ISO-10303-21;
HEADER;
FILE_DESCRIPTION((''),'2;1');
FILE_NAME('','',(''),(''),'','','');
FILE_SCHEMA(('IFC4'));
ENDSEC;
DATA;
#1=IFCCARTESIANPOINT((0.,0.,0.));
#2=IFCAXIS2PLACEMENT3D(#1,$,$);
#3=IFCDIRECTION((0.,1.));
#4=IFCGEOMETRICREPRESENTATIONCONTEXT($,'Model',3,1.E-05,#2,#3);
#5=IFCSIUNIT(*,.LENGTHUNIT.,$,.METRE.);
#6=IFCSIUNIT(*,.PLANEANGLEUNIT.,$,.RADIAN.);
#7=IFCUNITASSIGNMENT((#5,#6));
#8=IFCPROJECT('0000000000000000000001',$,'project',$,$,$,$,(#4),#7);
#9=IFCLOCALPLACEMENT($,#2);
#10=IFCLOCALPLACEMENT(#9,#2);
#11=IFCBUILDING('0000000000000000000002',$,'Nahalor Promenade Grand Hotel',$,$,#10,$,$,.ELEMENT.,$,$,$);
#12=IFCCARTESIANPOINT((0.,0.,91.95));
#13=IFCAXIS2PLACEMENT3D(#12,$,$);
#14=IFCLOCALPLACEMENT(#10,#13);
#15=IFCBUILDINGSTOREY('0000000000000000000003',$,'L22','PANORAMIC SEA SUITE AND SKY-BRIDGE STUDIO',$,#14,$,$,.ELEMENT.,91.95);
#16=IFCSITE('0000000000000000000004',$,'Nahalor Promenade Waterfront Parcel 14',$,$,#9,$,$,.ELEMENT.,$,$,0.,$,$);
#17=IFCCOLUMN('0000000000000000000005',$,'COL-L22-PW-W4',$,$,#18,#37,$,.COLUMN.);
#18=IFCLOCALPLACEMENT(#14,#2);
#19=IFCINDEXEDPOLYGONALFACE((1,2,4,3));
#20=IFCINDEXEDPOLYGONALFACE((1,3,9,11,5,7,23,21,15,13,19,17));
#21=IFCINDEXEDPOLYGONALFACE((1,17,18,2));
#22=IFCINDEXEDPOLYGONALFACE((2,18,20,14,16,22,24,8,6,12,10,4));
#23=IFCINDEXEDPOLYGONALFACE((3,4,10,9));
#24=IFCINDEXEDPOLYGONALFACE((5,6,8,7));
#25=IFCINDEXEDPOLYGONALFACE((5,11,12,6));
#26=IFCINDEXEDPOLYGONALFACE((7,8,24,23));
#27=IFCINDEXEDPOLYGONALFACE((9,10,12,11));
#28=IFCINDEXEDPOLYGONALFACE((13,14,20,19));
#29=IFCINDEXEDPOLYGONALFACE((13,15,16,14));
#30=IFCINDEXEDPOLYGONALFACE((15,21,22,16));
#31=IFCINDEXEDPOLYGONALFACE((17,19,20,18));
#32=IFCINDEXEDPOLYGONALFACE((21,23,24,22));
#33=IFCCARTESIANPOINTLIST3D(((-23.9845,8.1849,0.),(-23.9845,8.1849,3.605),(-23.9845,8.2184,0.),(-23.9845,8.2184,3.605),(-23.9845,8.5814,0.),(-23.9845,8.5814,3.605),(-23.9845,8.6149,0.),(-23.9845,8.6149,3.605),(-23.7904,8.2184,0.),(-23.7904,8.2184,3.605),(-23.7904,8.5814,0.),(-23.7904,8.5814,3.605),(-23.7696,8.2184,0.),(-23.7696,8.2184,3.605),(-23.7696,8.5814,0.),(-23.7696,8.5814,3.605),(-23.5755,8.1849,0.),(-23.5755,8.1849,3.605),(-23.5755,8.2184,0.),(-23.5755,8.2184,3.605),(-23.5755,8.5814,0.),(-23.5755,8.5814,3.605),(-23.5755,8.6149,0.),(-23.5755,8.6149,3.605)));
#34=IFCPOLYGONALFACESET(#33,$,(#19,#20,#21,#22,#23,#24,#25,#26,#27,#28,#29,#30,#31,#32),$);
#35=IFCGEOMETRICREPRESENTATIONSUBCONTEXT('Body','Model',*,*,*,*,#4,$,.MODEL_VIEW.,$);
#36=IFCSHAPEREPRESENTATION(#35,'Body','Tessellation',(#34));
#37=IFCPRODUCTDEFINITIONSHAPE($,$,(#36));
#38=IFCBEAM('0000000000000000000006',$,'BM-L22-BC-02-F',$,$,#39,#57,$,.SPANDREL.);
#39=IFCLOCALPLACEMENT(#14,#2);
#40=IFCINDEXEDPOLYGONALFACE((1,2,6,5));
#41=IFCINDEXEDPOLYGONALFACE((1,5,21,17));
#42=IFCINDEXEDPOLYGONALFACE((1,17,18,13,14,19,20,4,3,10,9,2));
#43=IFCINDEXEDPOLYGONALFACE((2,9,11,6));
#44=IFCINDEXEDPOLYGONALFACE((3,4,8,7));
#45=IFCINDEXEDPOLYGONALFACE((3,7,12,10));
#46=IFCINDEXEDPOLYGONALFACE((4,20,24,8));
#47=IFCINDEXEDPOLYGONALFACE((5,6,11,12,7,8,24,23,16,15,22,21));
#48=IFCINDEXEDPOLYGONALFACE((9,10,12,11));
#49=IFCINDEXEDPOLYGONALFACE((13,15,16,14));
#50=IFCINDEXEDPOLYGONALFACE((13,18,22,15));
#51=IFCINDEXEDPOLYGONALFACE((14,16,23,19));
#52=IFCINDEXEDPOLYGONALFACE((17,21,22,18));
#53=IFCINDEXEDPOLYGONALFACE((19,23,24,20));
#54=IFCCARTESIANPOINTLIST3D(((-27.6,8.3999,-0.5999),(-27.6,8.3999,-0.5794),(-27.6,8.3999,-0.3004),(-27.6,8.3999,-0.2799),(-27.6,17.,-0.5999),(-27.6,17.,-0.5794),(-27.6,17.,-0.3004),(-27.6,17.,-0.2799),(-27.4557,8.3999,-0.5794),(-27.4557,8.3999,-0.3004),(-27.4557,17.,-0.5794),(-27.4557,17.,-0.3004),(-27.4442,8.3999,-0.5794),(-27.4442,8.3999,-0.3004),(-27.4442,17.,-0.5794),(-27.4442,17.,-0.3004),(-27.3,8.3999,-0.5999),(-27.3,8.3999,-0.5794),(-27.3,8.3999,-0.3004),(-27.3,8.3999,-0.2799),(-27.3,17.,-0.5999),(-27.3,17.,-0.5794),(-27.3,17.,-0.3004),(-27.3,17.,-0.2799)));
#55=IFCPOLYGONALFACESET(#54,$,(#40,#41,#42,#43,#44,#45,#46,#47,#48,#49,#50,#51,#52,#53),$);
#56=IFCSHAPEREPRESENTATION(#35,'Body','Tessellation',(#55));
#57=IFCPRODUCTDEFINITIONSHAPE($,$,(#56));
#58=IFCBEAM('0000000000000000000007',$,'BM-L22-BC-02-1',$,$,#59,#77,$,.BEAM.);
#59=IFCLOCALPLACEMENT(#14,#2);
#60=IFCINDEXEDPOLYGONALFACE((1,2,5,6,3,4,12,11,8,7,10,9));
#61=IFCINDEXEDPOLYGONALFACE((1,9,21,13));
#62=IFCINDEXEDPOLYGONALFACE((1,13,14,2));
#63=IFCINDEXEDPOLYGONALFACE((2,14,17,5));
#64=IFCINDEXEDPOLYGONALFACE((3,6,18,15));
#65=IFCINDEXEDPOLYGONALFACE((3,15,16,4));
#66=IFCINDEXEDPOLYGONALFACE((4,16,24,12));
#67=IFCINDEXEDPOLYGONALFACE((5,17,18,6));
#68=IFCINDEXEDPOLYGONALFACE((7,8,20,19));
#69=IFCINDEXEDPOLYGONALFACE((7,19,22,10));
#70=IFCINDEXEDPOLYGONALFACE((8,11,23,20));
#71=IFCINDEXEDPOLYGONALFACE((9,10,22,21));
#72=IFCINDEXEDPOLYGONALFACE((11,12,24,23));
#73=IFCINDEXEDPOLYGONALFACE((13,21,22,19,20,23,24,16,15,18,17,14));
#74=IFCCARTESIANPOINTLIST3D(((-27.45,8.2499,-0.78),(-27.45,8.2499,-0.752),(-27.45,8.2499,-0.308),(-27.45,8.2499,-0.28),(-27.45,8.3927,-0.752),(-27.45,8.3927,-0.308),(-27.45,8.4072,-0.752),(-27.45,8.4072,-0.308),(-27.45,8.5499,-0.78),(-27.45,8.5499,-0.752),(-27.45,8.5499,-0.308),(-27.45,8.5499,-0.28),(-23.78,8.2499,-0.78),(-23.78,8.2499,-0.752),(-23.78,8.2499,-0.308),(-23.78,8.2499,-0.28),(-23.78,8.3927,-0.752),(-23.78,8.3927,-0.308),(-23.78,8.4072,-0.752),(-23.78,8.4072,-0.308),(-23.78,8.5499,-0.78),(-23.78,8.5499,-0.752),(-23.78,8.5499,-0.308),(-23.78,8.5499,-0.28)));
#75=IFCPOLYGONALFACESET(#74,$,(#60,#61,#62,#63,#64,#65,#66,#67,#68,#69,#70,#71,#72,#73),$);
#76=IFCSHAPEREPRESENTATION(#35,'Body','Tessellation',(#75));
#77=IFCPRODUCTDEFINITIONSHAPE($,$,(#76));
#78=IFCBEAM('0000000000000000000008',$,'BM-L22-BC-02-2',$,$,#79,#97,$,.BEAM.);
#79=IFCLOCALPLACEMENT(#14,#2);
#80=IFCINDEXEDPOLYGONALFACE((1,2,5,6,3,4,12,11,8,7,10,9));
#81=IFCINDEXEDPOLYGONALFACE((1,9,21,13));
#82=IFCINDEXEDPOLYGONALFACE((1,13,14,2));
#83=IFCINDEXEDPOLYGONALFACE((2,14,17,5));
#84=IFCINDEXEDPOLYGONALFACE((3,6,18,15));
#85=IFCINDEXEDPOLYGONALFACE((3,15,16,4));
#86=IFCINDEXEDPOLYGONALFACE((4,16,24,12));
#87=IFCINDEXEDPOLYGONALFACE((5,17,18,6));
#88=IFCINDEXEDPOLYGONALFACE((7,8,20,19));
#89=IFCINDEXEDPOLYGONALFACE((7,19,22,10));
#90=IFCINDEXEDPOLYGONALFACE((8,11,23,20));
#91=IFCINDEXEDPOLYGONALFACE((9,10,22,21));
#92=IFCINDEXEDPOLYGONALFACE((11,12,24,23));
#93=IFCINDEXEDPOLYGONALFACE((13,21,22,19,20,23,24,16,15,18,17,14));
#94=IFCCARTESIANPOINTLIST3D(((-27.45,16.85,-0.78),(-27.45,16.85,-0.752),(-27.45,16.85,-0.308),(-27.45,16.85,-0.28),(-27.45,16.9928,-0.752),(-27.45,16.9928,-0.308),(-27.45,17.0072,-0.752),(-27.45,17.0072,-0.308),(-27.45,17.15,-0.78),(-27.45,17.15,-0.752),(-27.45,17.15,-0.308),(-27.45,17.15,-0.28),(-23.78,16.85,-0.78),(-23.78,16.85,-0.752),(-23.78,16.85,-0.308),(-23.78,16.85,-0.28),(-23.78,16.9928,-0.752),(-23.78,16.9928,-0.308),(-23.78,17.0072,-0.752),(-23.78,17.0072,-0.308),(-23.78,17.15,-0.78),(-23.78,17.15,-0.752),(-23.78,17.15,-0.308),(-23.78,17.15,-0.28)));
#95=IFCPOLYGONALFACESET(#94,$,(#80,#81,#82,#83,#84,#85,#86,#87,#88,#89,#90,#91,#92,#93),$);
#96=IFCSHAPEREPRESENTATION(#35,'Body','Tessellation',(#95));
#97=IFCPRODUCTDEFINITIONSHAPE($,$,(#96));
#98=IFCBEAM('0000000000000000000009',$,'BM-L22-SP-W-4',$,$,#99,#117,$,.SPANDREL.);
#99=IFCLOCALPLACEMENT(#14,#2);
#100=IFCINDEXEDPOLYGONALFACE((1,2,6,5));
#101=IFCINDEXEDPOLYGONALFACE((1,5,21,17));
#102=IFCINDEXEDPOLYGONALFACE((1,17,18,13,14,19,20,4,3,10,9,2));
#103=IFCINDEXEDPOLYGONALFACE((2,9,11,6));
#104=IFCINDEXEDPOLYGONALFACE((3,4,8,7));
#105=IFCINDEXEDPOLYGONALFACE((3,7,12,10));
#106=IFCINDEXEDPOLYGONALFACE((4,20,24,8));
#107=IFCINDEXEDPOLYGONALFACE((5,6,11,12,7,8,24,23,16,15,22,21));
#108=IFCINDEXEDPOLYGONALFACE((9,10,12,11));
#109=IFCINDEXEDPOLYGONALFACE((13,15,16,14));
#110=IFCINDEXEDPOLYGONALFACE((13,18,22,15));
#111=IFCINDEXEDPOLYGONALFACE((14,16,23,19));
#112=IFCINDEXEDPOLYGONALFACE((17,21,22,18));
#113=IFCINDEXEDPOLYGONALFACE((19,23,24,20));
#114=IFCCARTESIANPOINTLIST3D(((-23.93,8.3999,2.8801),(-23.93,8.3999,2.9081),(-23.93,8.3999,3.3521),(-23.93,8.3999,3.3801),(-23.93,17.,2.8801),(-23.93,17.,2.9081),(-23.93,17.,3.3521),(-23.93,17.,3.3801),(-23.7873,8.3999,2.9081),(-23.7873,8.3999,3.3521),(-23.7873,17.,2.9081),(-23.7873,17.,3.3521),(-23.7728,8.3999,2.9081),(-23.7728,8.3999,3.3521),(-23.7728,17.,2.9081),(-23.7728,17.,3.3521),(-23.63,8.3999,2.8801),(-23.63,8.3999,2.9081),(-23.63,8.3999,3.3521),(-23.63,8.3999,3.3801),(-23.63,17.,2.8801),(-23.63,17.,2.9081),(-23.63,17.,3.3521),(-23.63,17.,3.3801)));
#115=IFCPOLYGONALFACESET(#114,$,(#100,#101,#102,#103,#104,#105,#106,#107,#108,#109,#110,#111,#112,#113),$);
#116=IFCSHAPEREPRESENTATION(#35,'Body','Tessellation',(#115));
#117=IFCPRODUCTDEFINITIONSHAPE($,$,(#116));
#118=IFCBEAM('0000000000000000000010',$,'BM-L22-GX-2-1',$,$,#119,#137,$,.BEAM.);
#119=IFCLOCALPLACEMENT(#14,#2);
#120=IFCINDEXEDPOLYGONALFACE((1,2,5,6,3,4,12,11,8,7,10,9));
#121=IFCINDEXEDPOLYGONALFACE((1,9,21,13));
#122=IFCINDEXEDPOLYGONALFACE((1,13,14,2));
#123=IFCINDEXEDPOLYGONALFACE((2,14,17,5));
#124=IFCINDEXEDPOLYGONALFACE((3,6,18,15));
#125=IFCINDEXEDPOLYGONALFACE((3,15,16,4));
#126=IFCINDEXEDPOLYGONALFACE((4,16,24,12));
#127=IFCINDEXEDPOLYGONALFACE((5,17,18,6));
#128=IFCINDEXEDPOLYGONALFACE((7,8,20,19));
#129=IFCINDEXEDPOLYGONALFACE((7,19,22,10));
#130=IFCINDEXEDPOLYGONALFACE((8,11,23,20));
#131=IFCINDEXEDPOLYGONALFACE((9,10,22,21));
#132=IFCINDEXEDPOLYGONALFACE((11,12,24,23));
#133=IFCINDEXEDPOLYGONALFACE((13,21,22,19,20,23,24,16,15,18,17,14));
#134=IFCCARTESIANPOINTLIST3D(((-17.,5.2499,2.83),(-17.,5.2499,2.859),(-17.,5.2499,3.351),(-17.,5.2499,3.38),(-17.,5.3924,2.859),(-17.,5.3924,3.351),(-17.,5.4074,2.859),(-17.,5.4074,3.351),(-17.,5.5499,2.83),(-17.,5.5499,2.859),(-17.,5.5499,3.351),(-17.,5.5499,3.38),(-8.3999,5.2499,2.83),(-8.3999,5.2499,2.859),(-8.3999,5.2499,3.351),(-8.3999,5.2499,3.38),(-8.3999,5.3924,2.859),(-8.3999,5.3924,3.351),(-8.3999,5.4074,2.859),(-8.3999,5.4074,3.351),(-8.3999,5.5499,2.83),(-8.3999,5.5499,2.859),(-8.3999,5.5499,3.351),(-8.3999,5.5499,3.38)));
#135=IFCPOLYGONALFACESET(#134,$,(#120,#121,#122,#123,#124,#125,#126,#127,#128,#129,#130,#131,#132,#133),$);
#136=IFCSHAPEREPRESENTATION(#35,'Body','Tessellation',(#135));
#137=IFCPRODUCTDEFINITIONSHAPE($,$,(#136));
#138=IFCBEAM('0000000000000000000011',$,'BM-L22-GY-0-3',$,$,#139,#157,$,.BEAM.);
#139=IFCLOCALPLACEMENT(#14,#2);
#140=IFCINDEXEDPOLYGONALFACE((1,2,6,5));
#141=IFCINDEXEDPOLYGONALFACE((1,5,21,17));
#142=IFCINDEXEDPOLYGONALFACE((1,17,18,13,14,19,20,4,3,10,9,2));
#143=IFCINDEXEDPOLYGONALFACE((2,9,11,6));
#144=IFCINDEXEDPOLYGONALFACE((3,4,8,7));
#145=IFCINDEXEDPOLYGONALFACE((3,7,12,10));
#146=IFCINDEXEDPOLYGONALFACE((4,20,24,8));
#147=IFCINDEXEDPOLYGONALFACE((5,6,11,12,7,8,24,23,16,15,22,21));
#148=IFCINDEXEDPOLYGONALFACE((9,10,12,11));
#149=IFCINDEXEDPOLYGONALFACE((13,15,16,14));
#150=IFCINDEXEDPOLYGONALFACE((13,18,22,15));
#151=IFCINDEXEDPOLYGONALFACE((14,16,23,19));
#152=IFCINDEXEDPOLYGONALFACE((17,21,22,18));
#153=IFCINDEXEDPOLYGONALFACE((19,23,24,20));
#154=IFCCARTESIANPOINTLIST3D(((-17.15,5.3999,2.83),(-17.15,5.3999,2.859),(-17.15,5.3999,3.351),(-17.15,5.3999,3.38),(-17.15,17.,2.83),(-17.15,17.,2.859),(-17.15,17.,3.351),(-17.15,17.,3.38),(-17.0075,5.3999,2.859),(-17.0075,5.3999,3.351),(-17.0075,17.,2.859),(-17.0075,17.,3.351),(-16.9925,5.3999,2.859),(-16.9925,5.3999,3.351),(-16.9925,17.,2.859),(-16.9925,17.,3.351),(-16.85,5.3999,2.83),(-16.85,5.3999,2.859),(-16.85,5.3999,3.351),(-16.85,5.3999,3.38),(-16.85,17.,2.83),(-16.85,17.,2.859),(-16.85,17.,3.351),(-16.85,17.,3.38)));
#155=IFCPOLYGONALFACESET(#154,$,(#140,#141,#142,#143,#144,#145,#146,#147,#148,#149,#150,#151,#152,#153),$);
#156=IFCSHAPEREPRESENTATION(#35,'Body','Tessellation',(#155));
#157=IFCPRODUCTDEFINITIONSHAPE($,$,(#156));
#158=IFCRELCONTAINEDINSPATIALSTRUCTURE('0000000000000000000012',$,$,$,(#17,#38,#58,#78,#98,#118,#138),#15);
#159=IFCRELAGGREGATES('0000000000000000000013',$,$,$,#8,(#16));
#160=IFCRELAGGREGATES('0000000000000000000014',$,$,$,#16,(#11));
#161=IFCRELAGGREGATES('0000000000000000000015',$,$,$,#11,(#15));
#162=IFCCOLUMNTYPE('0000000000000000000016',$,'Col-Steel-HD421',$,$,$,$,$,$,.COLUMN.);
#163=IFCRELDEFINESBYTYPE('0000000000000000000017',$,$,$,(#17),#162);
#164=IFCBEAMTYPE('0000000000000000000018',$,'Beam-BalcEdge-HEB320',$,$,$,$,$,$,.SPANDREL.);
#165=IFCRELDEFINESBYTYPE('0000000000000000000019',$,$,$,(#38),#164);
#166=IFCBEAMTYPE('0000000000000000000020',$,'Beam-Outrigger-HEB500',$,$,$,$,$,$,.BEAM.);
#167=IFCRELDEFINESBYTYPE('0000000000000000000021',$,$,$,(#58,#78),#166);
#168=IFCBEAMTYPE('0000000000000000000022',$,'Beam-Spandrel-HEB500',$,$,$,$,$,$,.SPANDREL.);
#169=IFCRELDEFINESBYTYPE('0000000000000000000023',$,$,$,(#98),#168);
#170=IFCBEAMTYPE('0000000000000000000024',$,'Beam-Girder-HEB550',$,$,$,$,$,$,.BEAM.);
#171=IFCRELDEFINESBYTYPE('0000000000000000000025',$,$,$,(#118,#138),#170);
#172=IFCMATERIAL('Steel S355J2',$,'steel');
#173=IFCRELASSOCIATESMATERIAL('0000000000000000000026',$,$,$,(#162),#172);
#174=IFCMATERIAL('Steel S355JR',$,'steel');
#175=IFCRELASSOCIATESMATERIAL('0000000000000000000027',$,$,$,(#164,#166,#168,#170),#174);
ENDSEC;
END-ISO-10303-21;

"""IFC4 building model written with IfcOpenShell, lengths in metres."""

from ifc_helpers import new_model, si_unit, direction, frame, origin, origin_2d, place, context, subcontext, project, spatial, i_section, extrude, source, transform, mapped, material, material_profile, profile_set, type_object, element, save


model = new_model("IFC4")

# Units and contexts
model_context = context("Model", 3, precision=1e-05, world=origin(), true_north=direction((0.0, 1.0)))
body_context = subcontext(model_context, "Body", "Model", "MODEL_VIEW")
ifc_project = project(units=[si_unit("LENGTHUNIT", "METRE"), si_unit("PLANEANGLEUNIT", "RADIAN")], contexts=[model_context])

# Site, building, storey
site_placement = place(None, origin())
site = spatial("IfcSite", under=ifc_project, at=site_placement, Name="Nahalor Promenade Waterfront Parcel 14", CompositionType="ELEMENT", RefElevation=0.0)
building_placement = place(site_placement, origin())
building = spatial("IfcBuilding", under=site, at=building_placement, Name="Nahalor Promenade Grand Hotel", CompositionType="ELEMENT")
storey_placement = place(building_placement, frame((0.0, 0.0, 91.95)))
storey = spatial("IfcBuildingStorey", under=building, at=storey_placement, Name="L22", Description="PANORAMIC SEA SUITE AND SKY-BRIDGE STUDIO", CompositionType="ELEMENT", Elevation=91.95)

# Column
ifc_material_1 = material(Name="Steel S355J2", Category="steel")
ifc_material_profile_1 = material_profile(ifc_material_1, i_section(OverallWidth=0.409, OverallDepth=0.43, WebThickness=0.0208, FlangeThickness=0.0335, at=origin_2d()), Name="HD 400x421")
ifc_profile_set_1 = profile_set([ifc_material_profile_1], Name="Steel S355J2")
column_type = type_object("IfcColumnType", Name="Col-Steel-HD421", PredefinedType="COLUMN", material=ifc_profile_set_1)
shared_shape_1 = source(origin(), body_context, "Body", "SweptSolid", [
    extrude(i_section(OverallWidth=0.409, OverallDepth=0.43, WebThickness=0.0208, FlangeThickness=0.0335, at=origin_2d()), origin(), (0.0, 0.0, 1.0), 3.605),
])
column_placement = place(storey_placement, frame((-23.78, 8.3999, 0.0), z_axis=(0.0, 0.0, 1.0), x_axis=(1.0, 0.0, 0.0)))
element("IfcColumn", 1, at=column_placement, inside=storey, type_object=column_type, Name="COL-L22-PW-W4", PredefinedType="COLUMN", context=body_context, shape_type="MappedRepresentation", body=[
    mapped(shared_shape_1, transform((0.0, 0.0, 0.0), scale=1.0)),
])

# Beams
ifc_material_2 = material(Name="Steel S355JR", Category="steel")
ifc_material_profile_2 = material_profile(ifc_material_2, i_section(OverallWidth=0.3, OverallDepth=0.32, WebThickness=0.0115, FlangeThickness=0.0205, at=origin_2d()), Name="HEB 320")
ifc_profile_set_2 = profile_set([ifc_material_profile_2], Name="Steel S355JR")
beam_type_1 = type_object("IfcBeamType", Name="Beam-BalcEdge-HEB320", PredefinedType="SPANDREL", material=ifc_profile_set_2)
shared_shape_2 = source(origin(), body_context, "Body", "SweptSolid", [
    extrude(i_section(OverallWidth=0.3, OverallDepth=0.32, WebThickness=0.0115, FlangeThickness=0.0205, at=origin_2d()), origin(), (0.0, 0.0, 1.0), 8.6001),
])
beam_1_placement = place(storey_placement, frame((-27.45, 8.3999, -0.4399), z_axis=(0.0, 1.0, 0.0), x_axis=(-1.0, 0.0, 0.0)))
element("IfcBeam", 2, at=beam_1_placement, inside=storey, type_object=beam_type_1, Name="BM-L22-BC-02-F", PredefinedType="SPANDREL", context=body_context, shape_type="MappedRepresentation", body=[
    mapped(shared_shape_2, transform((0.0, 0.0, 0.0), scale=1.0)),
])
ifc_material_profile_3 = material_profile(ifc_material_2, i_section(OverallWidth=0.3, OverallDepth=0.5, WebThickness=0.0145, FlangeThickness=0.028, at=origin_2d()), Name="HEB 500")
ifc_profile_set_3 = profile_set([ifc_material_profile_3], Name="Steel S355JR")
beam_type_2 = type_object("IfcBeamType", Name="Beam-Outrigger-HEB500", PredefinedType="BEAM", material=ifc_profile_set_3)
shared_shape_3 = source(origin(), body_context, "Body", "SweptSolid", [
    extrude(i_section(OverallWidth=0.3, OverallDepth=0.5, WebThickness=0.0145, FlangeThickness=0.028, at=origin_2d()), origin(), (0.0, 0.0, 1.0), 3.6699),
])
for number, where, z_axis, x_axis, name in (
    (3, (-27.45, 8.3999, -0.53), (1.0, 0.0, 0.0), (0.0, 1.0, 0.0), "BM-L22-BC-02-1"),
    (4, (-27.45, 17.0, -0.53), (1.0, 0.0, 0.0), (0.0, 1.0, 0.0), "BM-L22-BC-02-2"),
):
    element("IfcBeam", number, at=place(storey_placement, frame(where, z_axis=z_axis, x_axis=x_axis)), inside=storey, type_object=beam_type_2, Name=name, PredefinedType="BEAM", context=body_context, shape_type="MappedRepresentation", body=[
        mapped(shared_shape_3, transform((0.0, 0.0, 0.0), scale=1.0)),
    ])
ifc_material_profile_4 = material_profile(ifc_material_2, i_section(OverallWidth=0.3, OverallDepth=0.5, WebThickness=0.0145, FlangeThickness=0.028, at=origin_2d()), Name="HEB 500")
ifc_profile_set_4 = profile_set([ifc_material_profile_4], Name="Steel S355JR")
beam_type_3 = type_object("IfcBeamType", Name="Beam-Spandrel-HEB500", PredefinedType="SPANDREL", material=ifc_profile_set_4)
shared_shape_4 = source(origin(), body_context, "Body", "SweptSolid", [
    extrude(i_section(OverallWidth=0.3, OverallDepth=0.5, WebThickness=0.0145, FlangeThickness=0.028, at=origin_2d()), origin(), (0.0, 0.0, 1.0), 8.6001),
])
beam_2_placement = place(storey_placement, frame((-23.78, 8.3999, 3.1301), z_axis=(0.0, 1.0, 0.0), x_axis=(-1.0, 0.0, 0.0)))
element("IfcBeam", 5, at=beam_2_placement, inside=storey, type_object=beam_type_3, Name="BM-L22-SP-W-4", PredefinedType="SPANDREL", context=body_context, shape_type="MappedRepresentation", body=[
    mapped(shared_shape_4, transform((0.0, 0.0, 0.0), scale=1.0)),
])
ifc_material_profile_5 = material_profile(ifc_material_2, i_section(OverallWidth=0.3, OverallDepth=0.55, WebThickness=0.015, FlangeThickness=0.029, at=origin_2d()), Name="HEB 550")
ifc_profile_set_5 = profile_set([ifc_material_profile_5], Name="Steel S355JR")
beam_type_4 = type_object("IfcBeamType", Name="Beam-Girder-HEB550", PredefinedType="BEAM", material=ifc_profile_set_5)
shared_shape_5 = source(origin(), body_context, "Body", "SweptSolid", [
    extrude(i_section(OverallWidth=0.3, OverallDepth=0.55, WebThickness=0.015, FlangeThickness=0.029, at=origin_2d()), origin(), (0.0, 0.0, 1.0), 8.6001),
])
beam_3_placement = place(storey_placement, frame((-17.0, 5.3999, 3.105), z_axis=(1.0, 0.0, 0.0), x_axis=(0.0, 1.0, 0.0)))
element("IfcBeam", 6, at=beam_3_placement, inside=storey, type_object=beam_type_4, Name="BM-L22-GX-2-1", PredefinedType="BEAM", context=body_context, shape_type="MappedRepresentation", body=[
    mapped(shared_shape_5, transform((0.0, 0.0, 0.0), scale=1.0)),
])
shared_shape_6 = source(origin(), body_context, "Body", "SweptSolid", [
    extrude(i_section(OverallWidth=0.3, OverallDepth=0.55, WebThickness=0.015, FlangeThickness=0.029, at=origin_2d()), origin(), (0.0, 0.0, 1.0), 11.6001),
])
beam_4_placement = place(storey_placement, frame((-17.0, 5.3999, 3.105), z_axis=(0.0, 1.0, 0.0), x_axis=(-1.0, 0.0, 0.0)))
element("IfcBeam", 7, at=beam_4_placement, inside=storey, type_object=beam_type_4, Name="BM-L22-GY-0-3", PredefinedType="BEAM", context=body_context, shape_type="MappedRepresentation", body=[
    mapped(shared_shape_6, transform((0.0, 0.0, 0.0), scale=1.0)),
])

save(model, "model.ifc")
